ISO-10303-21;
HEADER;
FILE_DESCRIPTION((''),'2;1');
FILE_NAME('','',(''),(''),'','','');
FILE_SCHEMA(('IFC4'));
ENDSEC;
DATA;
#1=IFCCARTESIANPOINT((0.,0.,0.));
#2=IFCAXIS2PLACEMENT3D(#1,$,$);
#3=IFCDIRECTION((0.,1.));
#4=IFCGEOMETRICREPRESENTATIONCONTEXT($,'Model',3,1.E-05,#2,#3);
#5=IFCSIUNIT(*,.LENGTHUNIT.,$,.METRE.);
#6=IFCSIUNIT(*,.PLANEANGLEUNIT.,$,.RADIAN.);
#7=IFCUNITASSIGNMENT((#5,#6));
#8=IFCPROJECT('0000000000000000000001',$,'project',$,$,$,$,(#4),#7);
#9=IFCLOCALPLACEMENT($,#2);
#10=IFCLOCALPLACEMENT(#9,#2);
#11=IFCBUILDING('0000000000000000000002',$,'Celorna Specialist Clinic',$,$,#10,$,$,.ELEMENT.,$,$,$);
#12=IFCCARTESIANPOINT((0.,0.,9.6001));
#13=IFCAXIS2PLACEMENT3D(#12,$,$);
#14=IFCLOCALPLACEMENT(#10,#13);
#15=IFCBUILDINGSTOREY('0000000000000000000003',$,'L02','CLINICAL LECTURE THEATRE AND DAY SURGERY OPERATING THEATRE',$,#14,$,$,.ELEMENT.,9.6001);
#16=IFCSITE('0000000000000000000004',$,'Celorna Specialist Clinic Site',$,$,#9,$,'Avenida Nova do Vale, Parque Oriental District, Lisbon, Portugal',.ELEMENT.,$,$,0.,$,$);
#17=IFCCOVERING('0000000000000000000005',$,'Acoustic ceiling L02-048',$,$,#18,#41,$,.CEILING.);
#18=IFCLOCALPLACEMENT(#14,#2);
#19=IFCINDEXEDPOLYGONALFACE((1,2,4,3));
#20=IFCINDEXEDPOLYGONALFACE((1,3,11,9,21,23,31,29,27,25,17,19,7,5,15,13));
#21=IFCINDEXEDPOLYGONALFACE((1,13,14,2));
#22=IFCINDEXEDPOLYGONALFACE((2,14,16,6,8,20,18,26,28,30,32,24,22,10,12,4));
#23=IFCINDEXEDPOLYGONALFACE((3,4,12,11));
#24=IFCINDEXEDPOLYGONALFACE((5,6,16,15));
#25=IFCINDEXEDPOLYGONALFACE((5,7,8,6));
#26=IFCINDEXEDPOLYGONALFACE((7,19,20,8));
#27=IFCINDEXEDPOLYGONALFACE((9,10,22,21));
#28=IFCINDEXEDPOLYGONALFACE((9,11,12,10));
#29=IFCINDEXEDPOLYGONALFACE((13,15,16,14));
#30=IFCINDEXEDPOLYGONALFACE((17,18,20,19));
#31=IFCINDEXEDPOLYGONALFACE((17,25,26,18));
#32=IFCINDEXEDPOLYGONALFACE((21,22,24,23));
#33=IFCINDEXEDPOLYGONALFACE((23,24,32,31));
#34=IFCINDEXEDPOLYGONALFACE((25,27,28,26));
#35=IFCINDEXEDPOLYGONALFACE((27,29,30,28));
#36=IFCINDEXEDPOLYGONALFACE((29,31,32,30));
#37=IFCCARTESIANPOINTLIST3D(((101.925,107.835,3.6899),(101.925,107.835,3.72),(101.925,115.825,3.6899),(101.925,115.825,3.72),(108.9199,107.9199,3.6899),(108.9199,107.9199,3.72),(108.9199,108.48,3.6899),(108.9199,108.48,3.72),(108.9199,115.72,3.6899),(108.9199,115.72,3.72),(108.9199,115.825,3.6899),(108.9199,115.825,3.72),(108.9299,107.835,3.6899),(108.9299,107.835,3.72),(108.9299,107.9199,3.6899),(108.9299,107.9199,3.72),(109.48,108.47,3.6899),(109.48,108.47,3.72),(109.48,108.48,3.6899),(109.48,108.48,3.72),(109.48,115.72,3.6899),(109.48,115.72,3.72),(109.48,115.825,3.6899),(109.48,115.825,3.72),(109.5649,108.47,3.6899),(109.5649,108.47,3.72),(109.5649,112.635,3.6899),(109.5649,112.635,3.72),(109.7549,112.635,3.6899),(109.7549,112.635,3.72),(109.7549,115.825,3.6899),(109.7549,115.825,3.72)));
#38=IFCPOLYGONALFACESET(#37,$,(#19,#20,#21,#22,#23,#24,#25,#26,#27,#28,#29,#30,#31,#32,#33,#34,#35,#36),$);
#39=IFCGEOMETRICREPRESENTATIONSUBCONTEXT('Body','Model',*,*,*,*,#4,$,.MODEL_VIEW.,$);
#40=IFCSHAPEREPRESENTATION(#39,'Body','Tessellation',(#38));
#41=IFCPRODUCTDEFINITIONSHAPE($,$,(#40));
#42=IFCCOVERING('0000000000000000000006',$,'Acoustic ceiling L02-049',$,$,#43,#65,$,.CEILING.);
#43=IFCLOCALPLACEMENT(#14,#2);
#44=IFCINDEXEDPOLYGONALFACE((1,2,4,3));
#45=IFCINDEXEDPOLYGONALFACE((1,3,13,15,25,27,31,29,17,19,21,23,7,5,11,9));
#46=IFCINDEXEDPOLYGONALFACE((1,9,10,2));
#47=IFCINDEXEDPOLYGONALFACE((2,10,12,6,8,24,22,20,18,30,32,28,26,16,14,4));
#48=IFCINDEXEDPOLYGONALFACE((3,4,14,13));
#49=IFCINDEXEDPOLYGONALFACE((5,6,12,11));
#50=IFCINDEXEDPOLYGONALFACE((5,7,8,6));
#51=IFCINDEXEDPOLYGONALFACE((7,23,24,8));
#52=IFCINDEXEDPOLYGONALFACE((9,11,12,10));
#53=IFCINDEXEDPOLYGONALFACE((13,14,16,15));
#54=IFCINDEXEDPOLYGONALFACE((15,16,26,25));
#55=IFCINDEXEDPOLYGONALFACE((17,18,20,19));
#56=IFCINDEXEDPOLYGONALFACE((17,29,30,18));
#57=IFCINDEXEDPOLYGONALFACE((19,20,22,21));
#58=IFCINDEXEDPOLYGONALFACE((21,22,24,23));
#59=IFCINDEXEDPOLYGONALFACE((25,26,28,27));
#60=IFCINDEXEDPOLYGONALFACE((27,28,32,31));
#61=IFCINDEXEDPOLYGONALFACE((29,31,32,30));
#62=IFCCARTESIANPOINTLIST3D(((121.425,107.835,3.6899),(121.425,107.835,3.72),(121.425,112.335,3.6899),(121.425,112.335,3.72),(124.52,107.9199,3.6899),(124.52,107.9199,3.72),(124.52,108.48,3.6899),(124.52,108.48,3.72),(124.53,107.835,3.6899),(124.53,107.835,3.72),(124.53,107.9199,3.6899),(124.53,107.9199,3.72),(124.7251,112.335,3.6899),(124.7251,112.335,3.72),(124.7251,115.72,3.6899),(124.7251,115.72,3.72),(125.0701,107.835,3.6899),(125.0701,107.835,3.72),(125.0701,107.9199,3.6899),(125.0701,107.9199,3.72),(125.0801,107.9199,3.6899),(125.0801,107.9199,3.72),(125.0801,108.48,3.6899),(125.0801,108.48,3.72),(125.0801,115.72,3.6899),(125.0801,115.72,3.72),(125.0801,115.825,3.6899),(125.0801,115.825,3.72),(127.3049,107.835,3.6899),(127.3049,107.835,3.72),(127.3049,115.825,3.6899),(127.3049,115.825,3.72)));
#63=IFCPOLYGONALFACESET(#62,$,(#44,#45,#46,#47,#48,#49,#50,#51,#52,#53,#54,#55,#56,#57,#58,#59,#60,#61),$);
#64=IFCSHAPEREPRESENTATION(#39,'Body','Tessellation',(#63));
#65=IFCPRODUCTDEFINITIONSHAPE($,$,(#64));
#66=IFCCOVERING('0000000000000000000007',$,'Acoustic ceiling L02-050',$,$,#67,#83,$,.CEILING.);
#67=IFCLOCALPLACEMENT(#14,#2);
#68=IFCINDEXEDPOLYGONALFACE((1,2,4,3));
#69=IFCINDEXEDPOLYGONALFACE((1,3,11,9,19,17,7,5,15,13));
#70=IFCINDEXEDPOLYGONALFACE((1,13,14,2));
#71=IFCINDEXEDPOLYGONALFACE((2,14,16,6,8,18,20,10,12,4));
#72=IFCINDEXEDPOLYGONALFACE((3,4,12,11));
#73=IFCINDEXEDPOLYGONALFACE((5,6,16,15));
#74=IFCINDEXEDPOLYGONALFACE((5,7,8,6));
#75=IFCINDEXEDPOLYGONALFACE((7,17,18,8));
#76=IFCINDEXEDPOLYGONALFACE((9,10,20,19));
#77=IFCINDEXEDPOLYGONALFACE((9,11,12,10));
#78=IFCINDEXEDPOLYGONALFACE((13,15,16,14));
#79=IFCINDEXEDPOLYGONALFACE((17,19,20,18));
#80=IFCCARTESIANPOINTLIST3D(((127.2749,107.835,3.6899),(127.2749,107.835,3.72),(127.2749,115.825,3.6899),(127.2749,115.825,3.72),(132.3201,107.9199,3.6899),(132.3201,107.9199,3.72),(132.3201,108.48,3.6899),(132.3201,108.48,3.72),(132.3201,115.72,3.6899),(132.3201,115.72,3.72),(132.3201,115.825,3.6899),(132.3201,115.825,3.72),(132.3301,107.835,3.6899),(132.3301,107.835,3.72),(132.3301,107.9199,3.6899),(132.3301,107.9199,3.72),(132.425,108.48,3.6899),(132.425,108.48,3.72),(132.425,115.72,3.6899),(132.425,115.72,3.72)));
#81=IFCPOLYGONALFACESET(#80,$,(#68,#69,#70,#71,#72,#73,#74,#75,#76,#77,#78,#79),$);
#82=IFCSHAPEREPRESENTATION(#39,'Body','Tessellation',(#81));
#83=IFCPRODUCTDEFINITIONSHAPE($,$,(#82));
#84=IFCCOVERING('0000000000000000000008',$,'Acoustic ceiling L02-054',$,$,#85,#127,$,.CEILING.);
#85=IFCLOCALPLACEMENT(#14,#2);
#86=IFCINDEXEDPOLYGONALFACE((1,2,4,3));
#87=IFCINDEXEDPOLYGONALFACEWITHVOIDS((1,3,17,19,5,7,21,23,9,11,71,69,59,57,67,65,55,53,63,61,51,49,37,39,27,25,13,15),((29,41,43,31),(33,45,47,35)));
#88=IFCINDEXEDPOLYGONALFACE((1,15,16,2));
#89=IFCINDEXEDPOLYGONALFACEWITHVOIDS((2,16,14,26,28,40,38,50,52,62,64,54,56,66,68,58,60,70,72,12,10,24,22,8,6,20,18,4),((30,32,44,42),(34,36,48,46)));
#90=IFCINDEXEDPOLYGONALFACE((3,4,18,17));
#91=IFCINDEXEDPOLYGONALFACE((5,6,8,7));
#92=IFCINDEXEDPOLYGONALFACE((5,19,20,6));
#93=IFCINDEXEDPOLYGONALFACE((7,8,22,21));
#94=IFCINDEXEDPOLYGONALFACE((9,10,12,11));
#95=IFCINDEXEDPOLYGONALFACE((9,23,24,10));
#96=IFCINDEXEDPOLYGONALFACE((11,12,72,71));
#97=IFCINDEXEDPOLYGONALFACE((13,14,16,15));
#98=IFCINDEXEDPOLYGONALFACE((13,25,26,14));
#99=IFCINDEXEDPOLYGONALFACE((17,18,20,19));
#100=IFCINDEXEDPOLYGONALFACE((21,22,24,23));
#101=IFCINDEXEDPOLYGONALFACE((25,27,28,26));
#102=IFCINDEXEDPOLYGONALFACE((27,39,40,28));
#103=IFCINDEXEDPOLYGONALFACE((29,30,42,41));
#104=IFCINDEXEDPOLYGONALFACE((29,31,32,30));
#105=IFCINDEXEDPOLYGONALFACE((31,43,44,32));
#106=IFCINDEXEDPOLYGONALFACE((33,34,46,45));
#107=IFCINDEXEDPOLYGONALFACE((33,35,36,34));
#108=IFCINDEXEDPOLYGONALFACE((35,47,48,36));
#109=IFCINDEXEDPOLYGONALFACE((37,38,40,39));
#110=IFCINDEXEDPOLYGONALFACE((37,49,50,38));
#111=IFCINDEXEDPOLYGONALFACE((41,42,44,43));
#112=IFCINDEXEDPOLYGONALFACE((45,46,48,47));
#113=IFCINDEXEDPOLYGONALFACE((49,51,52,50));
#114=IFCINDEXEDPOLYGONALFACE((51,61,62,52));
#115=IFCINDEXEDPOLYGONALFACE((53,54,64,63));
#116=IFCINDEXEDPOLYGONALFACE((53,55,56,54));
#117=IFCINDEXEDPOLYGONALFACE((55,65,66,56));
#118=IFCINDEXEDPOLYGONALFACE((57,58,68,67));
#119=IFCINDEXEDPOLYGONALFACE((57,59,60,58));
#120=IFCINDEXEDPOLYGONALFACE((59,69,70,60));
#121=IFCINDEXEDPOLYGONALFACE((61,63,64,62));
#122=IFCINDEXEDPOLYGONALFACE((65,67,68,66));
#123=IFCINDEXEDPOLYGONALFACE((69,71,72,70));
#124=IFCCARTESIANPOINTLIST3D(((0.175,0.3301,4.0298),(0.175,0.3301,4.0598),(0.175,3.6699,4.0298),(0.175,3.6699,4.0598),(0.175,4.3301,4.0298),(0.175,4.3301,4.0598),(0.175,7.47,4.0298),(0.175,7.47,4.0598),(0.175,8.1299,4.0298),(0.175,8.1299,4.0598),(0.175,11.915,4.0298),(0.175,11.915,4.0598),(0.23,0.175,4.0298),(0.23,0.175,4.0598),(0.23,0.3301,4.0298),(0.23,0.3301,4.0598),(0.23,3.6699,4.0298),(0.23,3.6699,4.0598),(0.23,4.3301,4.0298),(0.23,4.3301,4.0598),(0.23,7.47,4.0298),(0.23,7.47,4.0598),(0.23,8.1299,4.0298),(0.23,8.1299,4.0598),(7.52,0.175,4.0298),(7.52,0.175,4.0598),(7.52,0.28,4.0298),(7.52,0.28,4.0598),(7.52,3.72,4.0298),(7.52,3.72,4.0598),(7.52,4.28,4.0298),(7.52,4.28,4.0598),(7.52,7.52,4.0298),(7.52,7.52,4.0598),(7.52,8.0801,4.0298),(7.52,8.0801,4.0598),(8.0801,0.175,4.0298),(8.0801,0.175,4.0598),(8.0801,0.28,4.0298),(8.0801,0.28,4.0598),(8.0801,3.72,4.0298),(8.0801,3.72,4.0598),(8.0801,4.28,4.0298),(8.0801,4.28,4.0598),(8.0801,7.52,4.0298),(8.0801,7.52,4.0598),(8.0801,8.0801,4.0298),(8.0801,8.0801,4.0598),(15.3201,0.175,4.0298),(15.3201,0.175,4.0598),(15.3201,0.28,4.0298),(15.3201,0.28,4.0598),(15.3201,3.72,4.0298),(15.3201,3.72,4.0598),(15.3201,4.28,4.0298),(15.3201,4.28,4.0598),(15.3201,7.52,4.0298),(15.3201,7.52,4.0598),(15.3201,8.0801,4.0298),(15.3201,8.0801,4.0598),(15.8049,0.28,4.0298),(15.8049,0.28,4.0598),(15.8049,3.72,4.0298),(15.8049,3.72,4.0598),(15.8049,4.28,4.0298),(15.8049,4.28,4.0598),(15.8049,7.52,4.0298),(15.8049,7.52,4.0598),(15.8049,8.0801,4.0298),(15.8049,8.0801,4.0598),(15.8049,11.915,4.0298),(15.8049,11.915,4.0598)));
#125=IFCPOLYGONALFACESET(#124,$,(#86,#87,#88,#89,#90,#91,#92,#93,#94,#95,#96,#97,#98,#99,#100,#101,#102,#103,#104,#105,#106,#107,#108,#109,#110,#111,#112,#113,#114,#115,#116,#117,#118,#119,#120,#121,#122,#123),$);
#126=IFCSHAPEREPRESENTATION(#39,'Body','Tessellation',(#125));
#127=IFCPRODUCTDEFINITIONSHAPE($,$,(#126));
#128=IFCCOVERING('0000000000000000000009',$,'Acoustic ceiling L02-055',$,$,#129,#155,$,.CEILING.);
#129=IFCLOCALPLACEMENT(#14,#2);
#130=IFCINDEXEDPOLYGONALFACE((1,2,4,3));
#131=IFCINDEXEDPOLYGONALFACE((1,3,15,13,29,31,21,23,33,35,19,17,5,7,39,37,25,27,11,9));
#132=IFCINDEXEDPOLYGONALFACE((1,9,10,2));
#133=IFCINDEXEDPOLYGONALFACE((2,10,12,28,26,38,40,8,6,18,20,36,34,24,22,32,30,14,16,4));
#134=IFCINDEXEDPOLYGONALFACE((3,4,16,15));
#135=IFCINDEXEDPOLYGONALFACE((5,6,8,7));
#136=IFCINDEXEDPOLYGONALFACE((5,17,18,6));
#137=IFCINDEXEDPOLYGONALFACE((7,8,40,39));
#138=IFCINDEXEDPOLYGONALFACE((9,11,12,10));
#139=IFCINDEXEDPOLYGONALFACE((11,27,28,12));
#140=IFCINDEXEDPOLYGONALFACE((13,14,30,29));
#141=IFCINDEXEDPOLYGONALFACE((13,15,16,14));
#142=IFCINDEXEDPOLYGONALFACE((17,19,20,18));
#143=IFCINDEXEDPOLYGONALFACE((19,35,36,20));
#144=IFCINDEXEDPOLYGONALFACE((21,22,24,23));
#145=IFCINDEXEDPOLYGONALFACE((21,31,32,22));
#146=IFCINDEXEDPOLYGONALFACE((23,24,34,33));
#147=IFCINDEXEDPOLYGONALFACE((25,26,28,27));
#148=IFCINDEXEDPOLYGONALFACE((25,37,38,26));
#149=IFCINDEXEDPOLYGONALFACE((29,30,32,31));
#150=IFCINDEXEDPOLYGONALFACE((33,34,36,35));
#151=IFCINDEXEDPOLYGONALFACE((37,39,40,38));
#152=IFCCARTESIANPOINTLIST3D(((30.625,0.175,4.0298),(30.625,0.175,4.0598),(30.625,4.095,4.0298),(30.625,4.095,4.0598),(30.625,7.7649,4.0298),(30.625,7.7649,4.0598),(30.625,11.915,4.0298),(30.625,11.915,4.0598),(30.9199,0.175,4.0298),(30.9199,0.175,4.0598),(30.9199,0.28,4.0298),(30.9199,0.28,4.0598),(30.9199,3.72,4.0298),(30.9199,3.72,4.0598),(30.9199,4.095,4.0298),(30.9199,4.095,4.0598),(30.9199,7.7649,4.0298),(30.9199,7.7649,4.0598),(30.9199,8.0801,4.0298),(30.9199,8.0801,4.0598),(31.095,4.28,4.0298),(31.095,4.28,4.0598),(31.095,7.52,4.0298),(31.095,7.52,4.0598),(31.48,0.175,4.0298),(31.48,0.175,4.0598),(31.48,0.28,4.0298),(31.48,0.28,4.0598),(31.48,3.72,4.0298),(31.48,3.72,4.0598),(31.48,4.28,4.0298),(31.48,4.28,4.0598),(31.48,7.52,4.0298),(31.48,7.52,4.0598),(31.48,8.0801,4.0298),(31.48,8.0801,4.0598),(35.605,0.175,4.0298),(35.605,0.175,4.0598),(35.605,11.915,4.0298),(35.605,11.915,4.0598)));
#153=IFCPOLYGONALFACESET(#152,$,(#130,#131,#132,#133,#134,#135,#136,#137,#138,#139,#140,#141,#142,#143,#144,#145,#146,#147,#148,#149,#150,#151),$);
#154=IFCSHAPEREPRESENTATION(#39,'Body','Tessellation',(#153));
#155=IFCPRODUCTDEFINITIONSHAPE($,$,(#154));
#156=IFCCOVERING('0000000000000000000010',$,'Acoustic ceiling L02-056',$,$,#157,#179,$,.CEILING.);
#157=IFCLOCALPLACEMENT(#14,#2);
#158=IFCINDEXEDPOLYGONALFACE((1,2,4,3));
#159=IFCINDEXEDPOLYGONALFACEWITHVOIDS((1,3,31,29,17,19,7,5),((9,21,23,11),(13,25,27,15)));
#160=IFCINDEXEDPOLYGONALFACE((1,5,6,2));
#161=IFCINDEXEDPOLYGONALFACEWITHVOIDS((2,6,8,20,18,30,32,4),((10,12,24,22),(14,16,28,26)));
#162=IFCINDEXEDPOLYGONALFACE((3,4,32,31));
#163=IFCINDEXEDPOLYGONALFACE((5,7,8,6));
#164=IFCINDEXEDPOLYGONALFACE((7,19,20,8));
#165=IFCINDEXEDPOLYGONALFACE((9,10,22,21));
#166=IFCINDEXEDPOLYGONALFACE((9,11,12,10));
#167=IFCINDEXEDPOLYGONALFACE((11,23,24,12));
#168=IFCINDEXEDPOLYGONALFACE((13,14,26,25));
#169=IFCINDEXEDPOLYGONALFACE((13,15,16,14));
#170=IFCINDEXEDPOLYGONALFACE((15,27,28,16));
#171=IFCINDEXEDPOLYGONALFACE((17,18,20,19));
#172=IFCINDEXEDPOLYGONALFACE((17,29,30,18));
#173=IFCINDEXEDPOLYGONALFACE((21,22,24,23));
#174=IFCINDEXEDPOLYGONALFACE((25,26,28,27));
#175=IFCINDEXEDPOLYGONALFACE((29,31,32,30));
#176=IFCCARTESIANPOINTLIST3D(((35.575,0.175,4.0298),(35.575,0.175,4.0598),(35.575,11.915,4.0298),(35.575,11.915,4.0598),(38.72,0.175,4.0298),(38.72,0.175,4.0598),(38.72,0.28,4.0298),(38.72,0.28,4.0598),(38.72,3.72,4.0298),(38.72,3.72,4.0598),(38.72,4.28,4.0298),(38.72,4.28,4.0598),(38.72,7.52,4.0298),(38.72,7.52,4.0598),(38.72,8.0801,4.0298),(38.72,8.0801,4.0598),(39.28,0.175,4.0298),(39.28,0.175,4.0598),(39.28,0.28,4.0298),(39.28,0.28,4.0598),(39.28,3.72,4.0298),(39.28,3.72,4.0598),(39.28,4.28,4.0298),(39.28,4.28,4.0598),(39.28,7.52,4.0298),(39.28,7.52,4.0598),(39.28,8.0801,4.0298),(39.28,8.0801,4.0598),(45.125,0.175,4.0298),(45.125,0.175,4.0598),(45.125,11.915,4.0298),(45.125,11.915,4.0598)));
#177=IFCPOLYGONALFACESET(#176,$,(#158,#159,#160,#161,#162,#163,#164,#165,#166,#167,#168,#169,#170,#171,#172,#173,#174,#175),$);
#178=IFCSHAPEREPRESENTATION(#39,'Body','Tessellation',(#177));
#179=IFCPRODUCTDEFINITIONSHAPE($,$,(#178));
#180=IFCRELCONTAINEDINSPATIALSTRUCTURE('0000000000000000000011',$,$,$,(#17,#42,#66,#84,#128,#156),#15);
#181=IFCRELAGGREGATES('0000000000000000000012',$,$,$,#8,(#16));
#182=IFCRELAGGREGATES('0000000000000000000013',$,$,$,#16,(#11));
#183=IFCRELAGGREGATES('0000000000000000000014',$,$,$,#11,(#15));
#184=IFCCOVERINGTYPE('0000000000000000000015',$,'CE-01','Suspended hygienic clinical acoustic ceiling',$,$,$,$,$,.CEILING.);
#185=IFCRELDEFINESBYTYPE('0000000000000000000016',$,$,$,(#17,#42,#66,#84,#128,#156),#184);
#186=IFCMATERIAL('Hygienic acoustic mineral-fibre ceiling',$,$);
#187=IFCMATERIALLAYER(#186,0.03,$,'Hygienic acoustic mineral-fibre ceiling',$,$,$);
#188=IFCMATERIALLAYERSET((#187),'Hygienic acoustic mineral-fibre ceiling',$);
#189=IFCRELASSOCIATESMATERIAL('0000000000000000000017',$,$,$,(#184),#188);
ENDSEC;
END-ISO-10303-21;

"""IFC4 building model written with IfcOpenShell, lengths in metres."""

from ifc_helpers import new_model, si_unit, direction, frame, origin, place, context, subcontext, project, spatial, polyline, outline, extrude, material, layer, layer_set, type_object, element, save


model = new_model("IFC4")

# Units and contexts
model_context = context("Model", 3, precision=1e-05, world=origin(), true_north=direction((0.0, 1.0)))
body_context = subcontext(model_context, "Body", "Model", "MODEL_VIEW")
ifc_project = project(units=[si_unit("LENGTHUNIT", "METRE"), si_unit("PLANEANGLEUNIT", "RADIAN")], contexts=[model_context])

# Site, building, storey
site_placement = place(None, origin())
site = spatial("IfcSite", under=ifc_project, at=site_placement, Name="Celorna Specialist Clinic Site", LongName="Avenida Nova do Vale, Parque Oriental District, Lisbon, Portugal", CompositionType="ELEMENT", RefElevation=0.0)
building_placement = place(site_placement, origin())
building = spatial("IfcBuilding", under=site, at=building_placement, Name="Celorna Specialist Clinic", CompositionType="ELEMENT")
storey_placement = place(building_placement, frame((0.0, 0.0, 9.6001)))
storey = spatial("IfcBuildingStorey", under=building, at=storey_placement, Name="L02", Description="CLINICAL LECTURE THEATRE AND DAY SURGERY OPERATING THEATRE", CompositionType="ELEMENT", Elevation=9.6001)

# Coverings
ifc_material_1 = material(Name="Hygienic acoustic mineral-fibre ceiling")
ifc_layer_1 = layer(ifc_material_1, 0.03, Name="Hygienic acoustic mineral-fibre ceiling")
ifc_layer_set_1 = layer_set([ifc_layer_1], Name="Hygienic acoustic mineral-fibre ceiling")
covering_type_1 = type_object("IfcCoveringType", Name="CE-01", Description="Suspended hygienic clinical acoustic ceiling", PredefinedType="CEILING", material=ifc_layer_set_1)
covering_1_placement = place(storey_placement, frame((0.0, 0.0, 3.6899)))
element("IfcCovering", 1, at=covering_1_placement, inside=storey, type_object=covering_type_1, Name="Acoustic ceiling L02-048", PredefinedType="CEILING", context=body_context, shape_type="SweptSolid", body=[
    extrude(outline(polyline([(108.9199, 115.825), (108.9199, 115.72), (109.48, 115.72), (109.48, 115.825), (109.7549, 115.825), (109.7549, 112.635), (109.5649, 112.635), (109.5649, 108.47), (109.48, 108.47), (109.48, 108.48), (108.9199, 108.48), (108.9199, 107.9199), (108.9299, 107.9199), (108.9299, 107.835), (101.925, 107.835), (101.925, 115.825), (108.9199, 115.825)])), origin(), (0.0, 0.0, 1.0), 0.03),
])
covering_2_placement = place(storey_placement, frame((0.0, 0.0, 3.6899)))
element("IfcCovering", 2, at=covering_2_placement, inside=storey, type_object=covering_type_1, Name="Acoustic ceiling L02-049", PredefinedType="CEILING", context=body_context, shape_type="SweptSolid", body=[
    extrude(outline(polyline([(121.425, 107.835), (121.425, 112.335), (124.7251, 112.335), (124.7251, 115.72), (125.0801, 115.72), (125.0801, 115.825), (127.3049, 115.825), (127.3049, 107.835), (125.0701, 107.835), (125.0701, 107.9199), (125.0801, 107.9199), (125.0801, 108.48), (124.52, 108.48), (124.52, 107.9199), (124.53, 107.9199), (124.53, 107.835), (121.425, 107.835)])), origin(), (0.0, 0.0, 1.0), 0.03),
])
covering_3_placement = place(storey_placement, frame((0.0, 0.0, 3.6899)))
element("IfcCovering", 3, at=covering_3_placement, inside=storey, type_object=covering_type_1, Name="Acoustic ceiling L02-050", PredefinedType="CEILING", context=body_context, shape_type="SweptSolid", body=[
    extrude(outline(polyline([(132.3201, 115.825), (132.3201, 115.72), (132.425, 115.72), (132.425, 108.48), (132.3201, 108.48), (132.3201, 107.9199), (132.3301, 107.9199), (132.3301, 107.835), (127.2749, 107.835), (127.2749, 115.825), (132.3201, 115.825)])), origin(), (0.0, 0.0, 1.0), 0.03),
])
covering_4_placement = place(storey_placement, frame((0.0, 0.0, 4.0298)))
element("IfcCovering", 4, at=covering_4_placement, inside=storey, type_object=covering_type_1, Name="Acoustic ceiling L02-054", PredefinedType="CEILING", context=body_context, shape_type="SweptSolid", body=[
    extrude(outline(polyline([(0.175, 3.6699), (0.23, 3.6699), (0.23, 4.3301), (0.175, 4.3301), (0.175, 7.47), (0.23, 7.47), (0.23, 8.1299), (0.175, 8.1299), (0.175, 11.915), (15.8049, 11.915), (15.8049, 8.0801), (15.3201, 8.0801), (15.3201, 7.52), (15.8049, 7.52), (15.8049, 4.28), (15.3201, 4.28), (15.3201, 3.72), (15.8049, 3.72), (15.8049, 0.28), (15.3201, 0.28), (15.3201, 0.175), (8.0801, 0.175), (8.0801, 0.28), (7.52, 0.28), (7.52, 0.175), (0.23, 0.175), (0.23, 0.3301), (0.175, 0.3301), (0.175, 3.6699)]), holes=[polyline([(8.0801, 4.28), (7.52, 4.28), (7.52, 3.72), (8.0801, 3.72), (8.0801, 4.28)]), polyline([(8.0801, 8.0801), (7.52, 8.0801), (7.52, 7.52), (8.0801, 7.52), (8.0801, 8.0801)])]), origin(), (0.0, 0.0, 1.0), 0.03),
])
covering_5_placement = place(storey_placement, frame((0.0, 0.0, 4.0298)))
element("IfcCovering", 5, at=covering_5_placement, inside=storey, type_object=covering_type_1, Name="Acoustic ceiling L02-055", PredefinedType="CEILING", context=body_context, shape_type="SweptSolid", body=[
    extrude(outline(polyline([(35.605, 0.175), (31.48, 0.175), (31.48, 0.28), (30.9199, 0.28), (30.9199, 0.175), (30.625, 0.175), (30.625, 4.095), (30.9199, 4.095), (30.9199, 3.72), (31.48, 3.72), (31.48, 4.28), (31.095, 4.28), (31.095, 7.52), (31.48, 7.52), (31.48, 8.0801), (30.9199, 8.0801), (30.9199, 7.7649), (30.625, 7.7649), (30.625, 11.915), (35.605, 11.915), (35.605, 0.175)])), origin(), (0.0, 0.0, 1.0), 0.03),
])
covering_6_placement = place(storey_placement, frame((0.0, 0.0, 4.0298)))
element("IfcCovering", 6, at=covering_6_placement, inside=storey, type_object=covering_type_1, Name="Acoustic ceiling L02-056", PredefinedType="CEILING", context=body_context, shape_type="SweptSolid", body=[
    extrude(outline(polyline([(45.125, 11.915), (45.125, 0.175), (39.28, 0.175), (39.28, 0.28), (38.72, 0.28), (38.72, 0.175), (35.575, 0.175), (35.575, 11.915), (45.125, 11.915)]), holes=[polyline([(39.28, 4.28), (38.72, 4.28), (38.72, 3.72), (39.28, 3.72), (39.28, 4.28)]), polyline([(39.28, 8.0801), (38.72, 8.0801), (38.72, 7.52), (39.28, 7.52), (39.28, 8.0801)])]), origin(), (0.0, 0.0, 1.0), 0.03),
])

save(model, "model.ifc")
